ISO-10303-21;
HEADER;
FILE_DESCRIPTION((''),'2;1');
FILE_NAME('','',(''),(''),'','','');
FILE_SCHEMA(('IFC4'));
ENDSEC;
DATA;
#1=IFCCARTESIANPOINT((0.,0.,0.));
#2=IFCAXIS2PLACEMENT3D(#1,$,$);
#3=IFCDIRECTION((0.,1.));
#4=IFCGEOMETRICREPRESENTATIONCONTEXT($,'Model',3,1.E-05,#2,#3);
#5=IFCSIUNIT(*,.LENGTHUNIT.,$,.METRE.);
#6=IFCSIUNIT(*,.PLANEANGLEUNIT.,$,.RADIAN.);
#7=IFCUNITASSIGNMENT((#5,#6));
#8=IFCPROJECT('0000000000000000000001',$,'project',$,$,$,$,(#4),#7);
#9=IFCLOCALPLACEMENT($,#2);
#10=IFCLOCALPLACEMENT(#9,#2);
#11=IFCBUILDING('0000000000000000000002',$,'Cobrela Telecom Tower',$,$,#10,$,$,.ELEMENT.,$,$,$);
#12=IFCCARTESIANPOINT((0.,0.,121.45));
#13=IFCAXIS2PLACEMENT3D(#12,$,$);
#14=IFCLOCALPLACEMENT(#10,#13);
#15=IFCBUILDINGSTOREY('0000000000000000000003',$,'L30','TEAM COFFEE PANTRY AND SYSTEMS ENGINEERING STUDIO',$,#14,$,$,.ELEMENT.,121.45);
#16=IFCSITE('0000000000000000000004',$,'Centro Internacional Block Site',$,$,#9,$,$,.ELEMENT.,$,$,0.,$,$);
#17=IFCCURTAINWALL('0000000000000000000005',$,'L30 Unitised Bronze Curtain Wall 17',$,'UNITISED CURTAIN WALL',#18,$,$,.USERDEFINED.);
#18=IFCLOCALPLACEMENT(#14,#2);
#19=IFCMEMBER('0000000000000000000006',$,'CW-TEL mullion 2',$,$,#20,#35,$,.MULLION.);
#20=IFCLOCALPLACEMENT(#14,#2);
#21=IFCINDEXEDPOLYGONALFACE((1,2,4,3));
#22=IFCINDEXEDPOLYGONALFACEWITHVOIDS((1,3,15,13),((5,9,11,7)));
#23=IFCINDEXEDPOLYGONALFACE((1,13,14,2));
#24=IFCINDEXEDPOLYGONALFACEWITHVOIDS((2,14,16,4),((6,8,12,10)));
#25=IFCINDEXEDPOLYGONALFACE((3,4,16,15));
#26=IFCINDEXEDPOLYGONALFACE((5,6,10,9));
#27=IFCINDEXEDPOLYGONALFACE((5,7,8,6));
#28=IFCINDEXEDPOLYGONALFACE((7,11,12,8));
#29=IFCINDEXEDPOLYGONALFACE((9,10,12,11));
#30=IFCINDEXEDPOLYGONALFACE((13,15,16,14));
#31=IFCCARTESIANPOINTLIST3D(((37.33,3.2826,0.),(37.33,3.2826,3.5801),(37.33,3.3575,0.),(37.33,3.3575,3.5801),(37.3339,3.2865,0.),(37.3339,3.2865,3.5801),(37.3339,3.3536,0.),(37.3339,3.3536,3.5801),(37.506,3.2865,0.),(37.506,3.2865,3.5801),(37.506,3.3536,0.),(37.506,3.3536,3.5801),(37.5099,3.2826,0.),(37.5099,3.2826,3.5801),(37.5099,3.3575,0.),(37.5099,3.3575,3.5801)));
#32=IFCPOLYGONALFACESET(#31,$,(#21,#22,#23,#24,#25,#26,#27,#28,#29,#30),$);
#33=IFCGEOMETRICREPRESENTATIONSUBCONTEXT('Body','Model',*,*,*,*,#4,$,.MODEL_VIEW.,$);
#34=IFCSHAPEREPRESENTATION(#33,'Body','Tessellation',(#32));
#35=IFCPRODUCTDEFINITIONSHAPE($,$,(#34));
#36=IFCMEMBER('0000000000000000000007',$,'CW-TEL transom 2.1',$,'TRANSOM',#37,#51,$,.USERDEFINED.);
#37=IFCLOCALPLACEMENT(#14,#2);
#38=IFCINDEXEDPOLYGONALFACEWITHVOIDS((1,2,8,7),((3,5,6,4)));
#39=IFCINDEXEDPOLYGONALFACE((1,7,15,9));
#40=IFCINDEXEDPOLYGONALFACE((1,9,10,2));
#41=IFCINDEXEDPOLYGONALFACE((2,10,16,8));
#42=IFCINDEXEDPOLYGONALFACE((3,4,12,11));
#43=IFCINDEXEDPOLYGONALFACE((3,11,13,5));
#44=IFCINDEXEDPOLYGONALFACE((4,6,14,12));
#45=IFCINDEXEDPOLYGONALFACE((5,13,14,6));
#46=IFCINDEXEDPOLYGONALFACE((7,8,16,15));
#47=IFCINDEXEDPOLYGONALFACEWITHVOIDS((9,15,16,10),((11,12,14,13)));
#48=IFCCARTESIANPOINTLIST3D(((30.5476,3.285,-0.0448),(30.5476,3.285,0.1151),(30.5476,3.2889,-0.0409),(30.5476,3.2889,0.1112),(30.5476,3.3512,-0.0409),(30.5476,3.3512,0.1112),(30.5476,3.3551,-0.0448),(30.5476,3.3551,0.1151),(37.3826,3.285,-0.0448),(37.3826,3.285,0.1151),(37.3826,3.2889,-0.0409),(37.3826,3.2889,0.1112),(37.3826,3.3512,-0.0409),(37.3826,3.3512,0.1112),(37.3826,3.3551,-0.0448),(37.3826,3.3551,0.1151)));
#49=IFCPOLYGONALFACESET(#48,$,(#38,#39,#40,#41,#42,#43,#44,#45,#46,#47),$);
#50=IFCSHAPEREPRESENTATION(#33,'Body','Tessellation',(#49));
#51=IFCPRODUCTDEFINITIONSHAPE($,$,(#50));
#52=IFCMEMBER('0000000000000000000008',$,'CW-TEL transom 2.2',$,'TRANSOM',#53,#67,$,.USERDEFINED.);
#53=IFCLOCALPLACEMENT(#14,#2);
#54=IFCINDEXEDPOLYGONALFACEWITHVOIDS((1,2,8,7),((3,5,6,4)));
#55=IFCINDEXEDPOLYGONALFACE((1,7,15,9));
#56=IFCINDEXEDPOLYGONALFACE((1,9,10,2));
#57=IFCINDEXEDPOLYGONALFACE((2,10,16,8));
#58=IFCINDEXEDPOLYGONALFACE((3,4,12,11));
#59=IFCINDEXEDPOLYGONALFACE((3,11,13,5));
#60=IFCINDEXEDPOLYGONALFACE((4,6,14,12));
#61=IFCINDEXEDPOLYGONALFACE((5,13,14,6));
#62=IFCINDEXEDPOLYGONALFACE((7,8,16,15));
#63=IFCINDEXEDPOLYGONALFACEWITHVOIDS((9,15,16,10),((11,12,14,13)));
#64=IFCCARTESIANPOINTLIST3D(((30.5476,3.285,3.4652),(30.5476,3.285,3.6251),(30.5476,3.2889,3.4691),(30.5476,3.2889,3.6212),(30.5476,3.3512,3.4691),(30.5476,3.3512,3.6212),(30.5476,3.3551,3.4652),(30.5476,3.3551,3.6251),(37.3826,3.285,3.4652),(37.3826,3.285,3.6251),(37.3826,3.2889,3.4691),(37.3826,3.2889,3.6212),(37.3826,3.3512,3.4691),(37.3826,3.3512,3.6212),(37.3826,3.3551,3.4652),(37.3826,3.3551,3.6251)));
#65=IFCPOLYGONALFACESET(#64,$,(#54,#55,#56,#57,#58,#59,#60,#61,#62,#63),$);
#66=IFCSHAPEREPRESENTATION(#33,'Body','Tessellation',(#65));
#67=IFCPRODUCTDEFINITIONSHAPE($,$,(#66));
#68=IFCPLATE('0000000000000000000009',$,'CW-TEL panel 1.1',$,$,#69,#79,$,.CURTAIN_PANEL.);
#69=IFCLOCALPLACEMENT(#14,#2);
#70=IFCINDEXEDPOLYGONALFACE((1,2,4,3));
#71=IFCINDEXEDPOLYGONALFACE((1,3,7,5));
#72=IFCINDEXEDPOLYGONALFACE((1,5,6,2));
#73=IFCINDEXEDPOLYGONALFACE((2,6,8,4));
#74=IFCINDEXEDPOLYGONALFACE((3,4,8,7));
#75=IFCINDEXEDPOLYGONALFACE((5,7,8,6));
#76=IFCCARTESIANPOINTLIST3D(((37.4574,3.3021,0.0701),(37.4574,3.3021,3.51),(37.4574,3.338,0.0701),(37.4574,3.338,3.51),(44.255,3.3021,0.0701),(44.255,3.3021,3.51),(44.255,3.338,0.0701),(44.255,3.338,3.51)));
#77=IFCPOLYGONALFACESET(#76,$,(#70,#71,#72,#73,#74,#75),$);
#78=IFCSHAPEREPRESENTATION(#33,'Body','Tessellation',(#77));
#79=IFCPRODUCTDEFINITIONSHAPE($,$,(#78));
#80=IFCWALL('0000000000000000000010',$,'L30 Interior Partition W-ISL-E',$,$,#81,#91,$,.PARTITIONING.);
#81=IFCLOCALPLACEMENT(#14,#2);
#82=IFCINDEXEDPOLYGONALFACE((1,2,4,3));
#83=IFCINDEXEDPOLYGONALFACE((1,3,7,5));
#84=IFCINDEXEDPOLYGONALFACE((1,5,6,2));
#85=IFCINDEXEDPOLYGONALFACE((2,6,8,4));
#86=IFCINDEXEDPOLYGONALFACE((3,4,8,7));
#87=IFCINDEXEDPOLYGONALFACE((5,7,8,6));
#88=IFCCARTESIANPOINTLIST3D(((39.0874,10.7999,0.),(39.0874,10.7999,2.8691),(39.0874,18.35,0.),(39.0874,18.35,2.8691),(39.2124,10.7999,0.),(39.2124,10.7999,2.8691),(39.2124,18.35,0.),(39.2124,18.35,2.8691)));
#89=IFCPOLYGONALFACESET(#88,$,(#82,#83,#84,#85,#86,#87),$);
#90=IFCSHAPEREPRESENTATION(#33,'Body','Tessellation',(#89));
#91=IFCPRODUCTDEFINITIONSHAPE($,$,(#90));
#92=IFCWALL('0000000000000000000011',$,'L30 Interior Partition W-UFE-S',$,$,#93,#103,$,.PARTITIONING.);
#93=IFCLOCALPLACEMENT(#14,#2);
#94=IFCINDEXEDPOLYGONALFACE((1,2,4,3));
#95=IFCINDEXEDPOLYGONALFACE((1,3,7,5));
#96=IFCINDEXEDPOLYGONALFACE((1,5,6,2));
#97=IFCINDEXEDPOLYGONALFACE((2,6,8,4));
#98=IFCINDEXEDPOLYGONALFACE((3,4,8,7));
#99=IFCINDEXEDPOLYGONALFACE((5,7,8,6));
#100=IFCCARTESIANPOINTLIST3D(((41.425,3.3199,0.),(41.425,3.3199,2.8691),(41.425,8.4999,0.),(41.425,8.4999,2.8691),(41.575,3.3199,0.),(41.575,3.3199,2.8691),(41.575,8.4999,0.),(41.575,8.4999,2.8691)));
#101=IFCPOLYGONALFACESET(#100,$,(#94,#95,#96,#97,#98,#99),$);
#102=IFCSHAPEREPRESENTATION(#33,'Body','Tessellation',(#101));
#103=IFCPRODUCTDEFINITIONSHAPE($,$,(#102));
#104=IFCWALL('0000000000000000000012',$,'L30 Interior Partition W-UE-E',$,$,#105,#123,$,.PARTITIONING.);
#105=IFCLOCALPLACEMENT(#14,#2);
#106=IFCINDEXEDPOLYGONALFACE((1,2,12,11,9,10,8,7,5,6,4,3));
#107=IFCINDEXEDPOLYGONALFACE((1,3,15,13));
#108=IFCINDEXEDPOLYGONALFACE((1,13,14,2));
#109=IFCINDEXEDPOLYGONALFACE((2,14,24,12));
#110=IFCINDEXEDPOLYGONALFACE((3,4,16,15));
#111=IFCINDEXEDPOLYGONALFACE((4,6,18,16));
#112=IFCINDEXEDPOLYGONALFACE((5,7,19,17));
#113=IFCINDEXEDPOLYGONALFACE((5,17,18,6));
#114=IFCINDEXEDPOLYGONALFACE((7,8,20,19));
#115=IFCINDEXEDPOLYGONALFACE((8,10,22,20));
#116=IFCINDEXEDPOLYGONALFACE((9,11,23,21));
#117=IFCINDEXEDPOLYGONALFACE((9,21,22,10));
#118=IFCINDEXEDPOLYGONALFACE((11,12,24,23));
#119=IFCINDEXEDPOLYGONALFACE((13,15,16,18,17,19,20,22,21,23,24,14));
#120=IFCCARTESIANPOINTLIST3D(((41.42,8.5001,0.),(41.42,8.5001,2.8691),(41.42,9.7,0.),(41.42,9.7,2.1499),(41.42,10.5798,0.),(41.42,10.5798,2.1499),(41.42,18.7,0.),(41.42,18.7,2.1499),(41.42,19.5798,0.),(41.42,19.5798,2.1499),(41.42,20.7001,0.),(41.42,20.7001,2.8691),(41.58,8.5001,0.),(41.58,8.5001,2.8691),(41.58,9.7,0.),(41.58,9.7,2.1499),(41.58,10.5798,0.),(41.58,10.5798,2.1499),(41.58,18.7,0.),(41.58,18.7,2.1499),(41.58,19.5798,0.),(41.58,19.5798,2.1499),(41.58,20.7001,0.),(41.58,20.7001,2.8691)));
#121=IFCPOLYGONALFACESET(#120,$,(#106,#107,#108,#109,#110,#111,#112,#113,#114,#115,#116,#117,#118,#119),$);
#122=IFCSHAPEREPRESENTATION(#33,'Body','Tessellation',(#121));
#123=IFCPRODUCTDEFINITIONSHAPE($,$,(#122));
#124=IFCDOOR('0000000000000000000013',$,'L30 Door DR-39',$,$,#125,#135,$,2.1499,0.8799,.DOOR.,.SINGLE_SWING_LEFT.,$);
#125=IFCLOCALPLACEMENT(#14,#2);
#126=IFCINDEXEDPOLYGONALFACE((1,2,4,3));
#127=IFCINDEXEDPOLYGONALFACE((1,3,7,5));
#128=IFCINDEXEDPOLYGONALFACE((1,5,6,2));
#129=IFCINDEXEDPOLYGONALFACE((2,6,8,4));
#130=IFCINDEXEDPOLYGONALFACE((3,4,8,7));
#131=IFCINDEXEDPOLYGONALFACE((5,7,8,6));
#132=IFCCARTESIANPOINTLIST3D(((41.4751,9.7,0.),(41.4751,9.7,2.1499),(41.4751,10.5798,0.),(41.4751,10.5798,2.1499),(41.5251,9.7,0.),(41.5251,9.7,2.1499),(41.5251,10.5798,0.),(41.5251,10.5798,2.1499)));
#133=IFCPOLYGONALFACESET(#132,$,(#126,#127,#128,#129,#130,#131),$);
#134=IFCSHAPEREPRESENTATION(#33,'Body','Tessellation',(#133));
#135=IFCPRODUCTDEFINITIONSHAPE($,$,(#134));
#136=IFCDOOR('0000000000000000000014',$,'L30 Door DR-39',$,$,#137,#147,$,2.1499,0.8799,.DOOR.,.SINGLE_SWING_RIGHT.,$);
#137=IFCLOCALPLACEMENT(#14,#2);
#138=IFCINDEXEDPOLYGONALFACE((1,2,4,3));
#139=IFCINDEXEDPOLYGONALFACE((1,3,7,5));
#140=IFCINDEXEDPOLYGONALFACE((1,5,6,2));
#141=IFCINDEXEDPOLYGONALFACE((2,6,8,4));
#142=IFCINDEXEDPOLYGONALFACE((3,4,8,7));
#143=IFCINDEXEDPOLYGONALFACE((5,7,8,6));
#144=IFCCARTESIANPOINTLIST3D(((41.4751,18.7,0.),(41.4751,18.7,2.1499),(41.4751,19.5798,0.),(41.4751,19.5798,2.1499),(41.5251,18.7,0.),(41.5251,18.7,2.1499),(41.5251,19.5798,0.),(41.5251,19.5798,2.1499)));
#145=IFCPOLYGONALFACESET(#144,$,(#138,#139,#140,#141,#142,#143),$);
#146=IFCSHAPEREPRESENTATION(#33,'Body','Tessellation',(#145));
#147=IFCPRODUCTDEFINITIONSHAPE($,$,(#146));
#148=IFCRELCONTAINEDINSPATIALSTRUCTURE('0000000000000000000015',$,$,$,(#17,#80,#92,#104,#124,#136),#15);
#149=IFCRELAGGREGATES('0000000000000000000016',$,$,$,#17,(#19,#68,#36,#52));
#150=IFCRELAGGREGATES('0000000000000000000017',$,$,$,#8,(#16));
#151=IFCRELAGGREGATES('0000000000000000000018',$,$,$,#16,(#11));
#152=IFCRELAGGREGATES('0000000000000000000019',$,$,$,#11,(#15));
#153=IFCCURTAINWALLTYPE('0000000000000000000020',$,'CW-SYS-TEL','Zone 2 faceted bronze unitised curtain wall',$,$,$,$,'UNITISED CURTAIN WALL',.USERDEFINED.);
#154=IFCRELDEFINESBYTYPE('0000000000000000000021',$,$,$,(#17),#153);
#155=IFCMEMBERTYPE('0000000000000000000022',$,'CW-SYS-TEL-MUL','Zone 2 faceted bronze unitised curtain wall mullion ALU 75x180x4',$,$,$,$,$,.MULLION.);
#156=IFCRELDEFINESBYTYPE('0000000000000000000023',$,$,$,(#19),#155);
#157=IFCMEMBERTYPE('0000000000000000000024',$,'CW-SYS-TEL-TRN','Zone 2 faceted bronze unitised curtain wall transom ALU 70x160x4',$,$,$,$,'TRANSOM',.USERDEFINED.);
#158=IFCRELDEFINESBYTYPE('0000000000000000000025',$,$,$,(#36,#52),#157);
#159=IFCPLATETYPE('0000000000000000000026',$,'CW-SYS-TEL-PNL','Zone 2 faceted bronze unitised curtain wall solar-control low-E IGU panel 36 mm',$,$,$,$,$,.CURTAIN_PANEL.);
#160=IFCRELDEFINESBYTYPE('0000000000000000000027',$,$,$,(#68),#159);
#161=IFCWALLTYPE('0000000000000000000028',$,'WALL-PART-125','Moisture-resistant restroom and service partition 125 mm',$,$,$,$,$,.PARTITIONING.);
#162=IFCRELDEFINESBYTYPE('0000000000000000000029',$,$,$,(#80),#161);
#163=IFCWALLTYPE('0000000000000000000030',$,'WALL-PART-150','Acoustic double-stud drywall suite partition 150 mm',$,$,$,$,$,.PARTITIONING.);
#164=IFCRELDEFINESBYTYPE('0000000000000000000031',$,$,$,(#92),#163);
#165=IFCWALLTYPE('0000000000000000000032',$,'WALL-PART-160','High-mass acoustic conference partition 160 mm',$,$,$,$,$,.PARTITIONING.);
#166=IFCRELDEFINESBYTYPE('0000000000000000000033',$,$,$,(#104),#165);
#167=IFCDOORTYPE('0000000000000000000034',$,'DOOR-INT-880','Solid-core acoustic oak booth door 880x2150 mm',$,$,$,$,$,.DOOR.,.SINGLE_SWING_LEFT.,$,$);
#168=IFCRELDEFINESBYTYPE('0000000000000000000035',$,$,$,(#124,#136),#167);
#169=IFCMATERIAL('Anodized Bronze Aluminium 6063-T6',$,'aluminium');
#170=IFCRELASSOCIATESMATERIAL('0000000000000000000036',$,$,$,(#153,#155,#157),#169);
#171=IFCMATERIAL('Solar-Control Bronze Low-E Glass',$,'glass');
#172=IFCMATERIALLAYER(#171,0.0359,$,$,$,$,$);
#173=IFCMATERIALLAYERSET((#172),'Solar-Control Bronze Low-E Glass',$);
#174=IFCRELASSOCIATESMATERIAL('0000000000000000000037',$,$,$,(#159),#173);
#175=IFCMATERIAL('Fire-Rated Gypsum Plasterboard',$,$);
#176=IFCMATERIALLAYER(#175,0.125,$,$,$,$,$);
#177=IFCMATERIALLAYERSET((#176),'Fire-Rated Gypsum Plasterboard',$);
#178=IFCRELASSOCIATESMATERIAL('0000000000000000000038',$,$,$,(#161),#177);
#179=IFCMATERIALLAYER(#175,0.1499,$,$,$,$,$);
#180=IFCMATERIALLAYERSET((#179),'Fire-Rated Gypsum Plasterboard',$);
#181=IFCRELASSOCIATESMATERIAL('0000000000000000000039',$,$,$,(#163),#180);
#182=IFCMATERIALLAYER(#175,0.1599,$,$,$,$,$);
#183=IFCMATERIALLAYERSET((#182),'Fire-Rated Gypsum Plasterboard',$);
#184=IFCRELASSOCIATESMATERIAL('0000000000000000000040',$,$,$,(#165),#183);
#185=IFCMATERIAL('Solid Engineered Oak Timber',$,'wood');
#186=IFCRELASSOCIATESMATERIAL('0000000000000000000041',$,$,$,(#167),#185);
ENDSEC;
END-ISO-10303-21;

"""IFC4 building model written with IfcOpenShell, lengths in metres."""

from ifc_helpers import new_model, si_unit, direction, frame, frame_2d, origin, origin_2d, place, context, subcontext, project, spatial, rectangle, hollow_rectangle, extrude, material, layer, layer_set, material_profile, profile_set, type_object, element, fill, aggregate, save


model = new_model("IFC4")

# Units and contexts
model_context = context("Model", 3, precision=1e-05, world=origin(), true_north=direction((0.0, 1.0)))
body_context = subcontext(model_context, "Body", "Model", "MODEL_VIEW")
ifc_project = project(units=[si_unit("LENGTHUNIT", "METRE"), si_unit("PLANEANGLEUNIT", "RADIAN")], contexts=[model_context])

# Site, building, storey
site_placement = place(None, origin())
site = spatial("IfcSite", under=ifc_project, at=site_placement, Name="Centro Internacional Block Site", CompositionType="ELEMENT", RefElevation=0.0)
building_placement = place(site_placement, origin())
building = spatial("IfcBuilding", under=site, at=building_placement, Name="Cobrela Telecom Tower", CompositionType="ELEMENT")
storey_placement = place(building_placement, frame((0.0, 0.0, 121.45)))
storey = spatial("IfcBuildingStorey", under=building, at=storey_placement, Name="L30", Description="TEAM COFFEE PANTRY AND SYSTEMS ENGINEERING STUDIO", CompositionType="ELEMENT", Elevation=121.45)

# Curtain wall, members, plate
ifc_material_1 = material(Name="Anodized Bronze Aluminium 6063-T6", Category="aluminium")
curtain_wall_type = type_object("IfcCurtainWallType", Name="CW-SYS-TEL", Description="Zone 2 faceted bronze unitised curtain wall", ElementType="UNITISED CURTAIN WALL", PredefinedType="USERDEFINED", material=ifc_material_1)
curtain_wall_placement = place(storey_placement, origin())
curtain_wall = element("IfcCurtainWall", 1, at=curtain_wall_placement, inside=storey, type_object=curtain_wall_type, Name="L30 Unitised Bronze Curtain Wall 17", ObjectType="UNITISED CURTAIN WALL", PredefinedType="USERDEFINED")
ifc_material_profile_1 = material_profile(ifc_material_1, hollow_rectangle(XDim=0.075, YDim=0.1799, WallThickness=0.0039, at=origin_2d()), Name="ALU 75x180x4")
ifc_profile_set_1 = profile_set([ifc_material_profile_1], Name="Anodized Bronze Aluminium 6063-T6")
member_type_1 = type_object("IfcMemberType", Name="CW-SYS-TEL-MUL", Description="Zone 2 faceted bronze unitised curtain wall mullion ALU 75x180x4", PredefinedType="MULLION", material=ifc_profile_set_1)
member_1_placement = place(storey_placement, frame((37.4199, 3.3201, 0.0), z_axis=(0.0, 0.0, 1.0), x_axis=(0.0, -1.0, 0.0)))
member_1 = element("IfcMember", 2, at=member_1_placement, type_object=member_type_1, Name="CW-TEL mullion 2", PredefinedType="MULLION", context=body_context, shape_type="SweptSolid", body=[
    extrude(hollow_rectangle(XDim=0.075, YDim=0.1799, WallThickness=0.0039, at=origin_2d()), origin(), (0.0, 0.0, 1.0), 3.5801),
])
ifc_material_profile_2 = material_profile(ifc_material_1, hollow_rectangle(XDim=0.0701, YDim=0.1599, WallThickness=0.0039, at=origin_2d()), Name="ALU 70x160x4")
ifc_profile_set_2 = profile_set([ifc_material_profile_2], Name="Anodized Bronze Aluminium 6063-T6")
member_type_2 = type_object("IfcMemberType", Name="CW-SYS-TEL-TRN", Description="Zone 2 faceted bronze unitised curtain wall transom ALU 70x160x4", ElementType="TRANSOM", PredefinedType="USERDEFINED", material=ifc_profile_set_2)
member_2_placement = place(storey_placement, frame((37.3826, 3.3201, 0.0352), z_axis=(-1.0, 0.0, 0.0), x_axis=(0.0, -1.0, 0.0)))
member_2 = element("IfcMember", 3, at=member_2_placement, type_object=member_type_2, Name="CW-TEL transom 2.1", ObjectType="TRANSOM", PredefinedType="USERDEFINED", context=body_context, shape_type="SweptSolid", body=[
    extrude(hollow_rectangle(XDim=0.0701, YDim=0.1599, WallThickness=0.0039, at=origin_2d()), origin(), (0.0, 0.0, 1.0), 6.835),
])
member_3_placement = place(storey_placement, frame((37.3826, 3.3201, 3.5452), z_axis=(-1.0, 0.0, 0.0), x_axis=(0.0, -1.0, 0.0)))
member_3 = element("IfcMember", 4, at=member_3_placement, type_object=member_type_2, Name="CW-TEL transom 2.2", ObjectType="TRANSOM", PredefinedType="USERDEFINED", context=body_context, shape_type="SweptSolid", body=[
    extrude(hollow_rectangle(XDim=0.0701, YDim=0.1599, WallThickness=0.0039, at=origin_2d()), origin(), (0.0, 0.0, 1.0), 6.835),
])
ifc_material_2 = material(Name="Solar-Control Bronze Low-E Glass", Category="glass")
ifc_layer_1 = layer(ifc_material_2, 0.0359)
ifc_layer_set_1 = layer_set([ifc_layer_1], Name="Solar-Control Bronze Low-E Glass")
plate_type = type_object("IfcPlateType", Name="CW-SYS-TEL-PNL", Description="Zone 2 faceted bronze unitised curtain wall solar-control low-E IGU panel 36 mm", PredefinedType="CURTAIN_PANEL", material=ifc_layer_set_1)
plate_placement = place(storey_placement, frame((40.8562, 3.3201, 0.0701), z_axis=(0.0, 0.0, 1.0), x_axis=(-1.0, 0.0, 0.0)))
plate = element("IfcPlate", 5, at=plate_placement, type_object=plate_type, Name="CW-TEL panel 1.1", PredefinedType="CURTAIN_PANEL", context=body_context, shape_type="SweptSolid", body=[
    extrude(rectangle(XDim=6.7976, YDim=0.0359, at=origin_2d()), origin(), (0.0, 0.0, 1.0), 3.4399),
])
aggregate(curtain_wall, [member_1, plate, member_2, member_3])

# Walls
ifc_material_3 = material(Name="Fire-Rated Gypsum Plasterboard")
ifc_layer_2 = layer(ifc_material_3, 0.125)
ifc_layer_set_2 = layer_set([ifc_layer_2], Name="Fire-Rated Gypsum Plasterboard")
wall_type_1 = type_object("IfcWallType", Name="WALL-PART-125", Description="Moisture-resistant restroom and service partition 125 mm", PredefinedType="PARTITIONING", material=ifc_layer_set_2)
wall_1_placement = place(storey_placement, frame((39.1499, 10.8, 0.0), z_axis=(0.0, 0.0, 1.0), x_axis=(0.0, 1.0, 0.0)))
element("IfcWall", 6, at=wall_1_placement, inside=storey, type_object=wall_type_1, Name="L30 Interior Partition W-ISL-E", PredefinedType="PARTITIONING", context=body_context, shape_type="SweptSolid", body=[
    extrude(rectangle(XDim=7.55, YDim=0.125, at=frame_2d((3.7749, 0.0))), origin(), (0.0, 0.0, 1.0), 2.8691),
])
ifc_layer_3 = layer(ifc_material_3, 0.1499)
ifc_layer_set_3 = layer_set([ifc_layer_3], Name="Fire-Rated Gypsum Plasterboard")
wall_type_2 = type_object("IfcWallType", Name="WALL-PART-150", Description="Acoustic double-stud drywall suite partition 150 mm", PredefinedType="PARTITIONING", material=ifc_layer_set_3)
wall_2_placement = place(storey_placement, frame((41.5, 3.3201, 0.0), z_axis=(0.0, 0.0, 1.0), x_axis=(0.0, 1.0, 0.0)))
element("IfcWall", 7, at=wall_2_placement, inside=storey, type_object=wall_type_2, Name="L30 Interior Partition W-UFE-S", PredefinedType="PARTITIONING", context=body_context, shape_type="SweptSolid", body=[
    extrude(rectangle(XDim=5.1799, YDim=0.1499, at=frame_2d((2.5898, 0.0))), origin(), (0.0, 0.0, 1.0), 2.8691),
])

# Wall, openings, doors
ifc_layer_4 = layer(ifc_material_3, 0.1599)
ifc_layer_set_4 = layer_set([ifc_layer_4], Name="Fire-Rated Gypsum Plasterboard")
wall_type_3 = type_object("IfcWallType", Name="WALL-PART-160", Description="High-mass acoustic conference partition 160 mm", PredefinedType="PARTITIONING", material=ifc_layer_set_4)
wall_3_placement = place(storey_placement, frame((41.5, 8.5, 0.0), z_axis=(0.0, 0.0, 1.0), x_axis=(0.0, 1.0, 0.0)))
wall_3 = element("IfcWall", 8, at=wall_3_placement, inside=storey, type_object=wall_type_3, Name="L30 Interior Partition W-UE-E", PredefinedType="PARTITIONING", context=body_context, shape_type="SweptSolid", body=[
    extrude(rectangle(XDim=12.2, YDim=0.1599, at=frame_2d((6.1001, 0.0))), origin(), (0.0, 0.0, 1.0), 2.8691),
])
opening_1_placement = place(wall_3_placement, frame((1.2, 0.0, 0.0)))
opening_1 = element("IfcOpeningElement", 9, at=opening_1_placement, cuts=wall_3, PredefinedType="OPENING", context=body_context, shape_type="SweptSolid", body=[
    extrude(rectangle(XDim=0.8799, YDim=2.1499, at=frame_2d((0.4399, 1.075))), frame((0.0, 0.0918, 0.0), z_axis=(0.0, -1.0, 0.0), x_axis=(1.0, 0.0, 0.0)), (0.0, 0.0, 1.0), 0.1838),
])
opening_2_placement = place(wall_3_placement, frame((10.2, 0.0, 0.0)))
opening_2 = element("IfcOpeningElement", 10, at=opening_2_placement, cuts=wall_3, PredefinedType="OPENING", context=body_context, shape_type="SweptSolid", body=[
    extrude(rectangle(XDim=0.8799, YDim=2.1499, at=frame_2d((0.4399, 1.075))), frame((0.0, 0.0918, 0.0), z_axis=(0.0, -1.0, 0.0), x_axis=(1.0, 0.0, 0.0)), (0.0, 0.0, 1.0), 0.1838),
])
ifc_material_4 = material(Name="Solid Engineered Oak Timber", Category="wood")
door_type = type_object("IfcDoorType", Name="DOOR-INT-880", Description="Solid-core acoustic oak booth door 880x2150 mm", OperationType="SINGLE_SWING_LEFT", PredefinedType="DOOR", material=ifc_material_4)
door_1_placement = place(opening_1_placement, origin())
door_1 = element("IfcDoor", 11, at=door_1_placement, inside=storey, type_object=door_type, Name="L30 Door DR-39", OperationType="SINGLE_SWING_LEFT", OverallHeight=2.1499, OverallWidth=0.8799, PredefinedType="DOOR", context=body_context, shape_type="SweptSolid", body=[
    extrude(rectangle(XDim=0.8799, YDim=2.1499, at=frame_2d((0.4399, 1.075))), frame((0.0, 0.0249, 0.0), z_axis=(0.0, -1.0, 0.0), x_axis=(1.0, 0.0, 0.0)), (0.0, 0.0, 1.0), 0.05),
])
fill(opening_1, door_1)
door_2_placement = place(opening_2_placement, origin())
door_2 = element("IfcDoor", 12, at=door_2_placement, inside=storey, type_object=door_type, Name="L30 Door DR-39", OperationType="SINGLE_SWING_RIGHT", OverallHeight=2.1499, OverallWidth=0.8799, PredefinedType="DOOR", context=body_context, shape_type="SweptSolid", body=[
    extrude(rectangle(XDim=0.8799, YDim=2.1499, at=frame_2d((0.4399, 1.075))), frame((0.0, 0.0249, 0.0), z_axis=(0.0, -1.0, 0.0), x_axis=(1.0, 0.0, 0.0)), (0.0, 0.0, 1.0), 0.05),
])
fill(opening_2, door_2)

save(model, "model.ifc")
